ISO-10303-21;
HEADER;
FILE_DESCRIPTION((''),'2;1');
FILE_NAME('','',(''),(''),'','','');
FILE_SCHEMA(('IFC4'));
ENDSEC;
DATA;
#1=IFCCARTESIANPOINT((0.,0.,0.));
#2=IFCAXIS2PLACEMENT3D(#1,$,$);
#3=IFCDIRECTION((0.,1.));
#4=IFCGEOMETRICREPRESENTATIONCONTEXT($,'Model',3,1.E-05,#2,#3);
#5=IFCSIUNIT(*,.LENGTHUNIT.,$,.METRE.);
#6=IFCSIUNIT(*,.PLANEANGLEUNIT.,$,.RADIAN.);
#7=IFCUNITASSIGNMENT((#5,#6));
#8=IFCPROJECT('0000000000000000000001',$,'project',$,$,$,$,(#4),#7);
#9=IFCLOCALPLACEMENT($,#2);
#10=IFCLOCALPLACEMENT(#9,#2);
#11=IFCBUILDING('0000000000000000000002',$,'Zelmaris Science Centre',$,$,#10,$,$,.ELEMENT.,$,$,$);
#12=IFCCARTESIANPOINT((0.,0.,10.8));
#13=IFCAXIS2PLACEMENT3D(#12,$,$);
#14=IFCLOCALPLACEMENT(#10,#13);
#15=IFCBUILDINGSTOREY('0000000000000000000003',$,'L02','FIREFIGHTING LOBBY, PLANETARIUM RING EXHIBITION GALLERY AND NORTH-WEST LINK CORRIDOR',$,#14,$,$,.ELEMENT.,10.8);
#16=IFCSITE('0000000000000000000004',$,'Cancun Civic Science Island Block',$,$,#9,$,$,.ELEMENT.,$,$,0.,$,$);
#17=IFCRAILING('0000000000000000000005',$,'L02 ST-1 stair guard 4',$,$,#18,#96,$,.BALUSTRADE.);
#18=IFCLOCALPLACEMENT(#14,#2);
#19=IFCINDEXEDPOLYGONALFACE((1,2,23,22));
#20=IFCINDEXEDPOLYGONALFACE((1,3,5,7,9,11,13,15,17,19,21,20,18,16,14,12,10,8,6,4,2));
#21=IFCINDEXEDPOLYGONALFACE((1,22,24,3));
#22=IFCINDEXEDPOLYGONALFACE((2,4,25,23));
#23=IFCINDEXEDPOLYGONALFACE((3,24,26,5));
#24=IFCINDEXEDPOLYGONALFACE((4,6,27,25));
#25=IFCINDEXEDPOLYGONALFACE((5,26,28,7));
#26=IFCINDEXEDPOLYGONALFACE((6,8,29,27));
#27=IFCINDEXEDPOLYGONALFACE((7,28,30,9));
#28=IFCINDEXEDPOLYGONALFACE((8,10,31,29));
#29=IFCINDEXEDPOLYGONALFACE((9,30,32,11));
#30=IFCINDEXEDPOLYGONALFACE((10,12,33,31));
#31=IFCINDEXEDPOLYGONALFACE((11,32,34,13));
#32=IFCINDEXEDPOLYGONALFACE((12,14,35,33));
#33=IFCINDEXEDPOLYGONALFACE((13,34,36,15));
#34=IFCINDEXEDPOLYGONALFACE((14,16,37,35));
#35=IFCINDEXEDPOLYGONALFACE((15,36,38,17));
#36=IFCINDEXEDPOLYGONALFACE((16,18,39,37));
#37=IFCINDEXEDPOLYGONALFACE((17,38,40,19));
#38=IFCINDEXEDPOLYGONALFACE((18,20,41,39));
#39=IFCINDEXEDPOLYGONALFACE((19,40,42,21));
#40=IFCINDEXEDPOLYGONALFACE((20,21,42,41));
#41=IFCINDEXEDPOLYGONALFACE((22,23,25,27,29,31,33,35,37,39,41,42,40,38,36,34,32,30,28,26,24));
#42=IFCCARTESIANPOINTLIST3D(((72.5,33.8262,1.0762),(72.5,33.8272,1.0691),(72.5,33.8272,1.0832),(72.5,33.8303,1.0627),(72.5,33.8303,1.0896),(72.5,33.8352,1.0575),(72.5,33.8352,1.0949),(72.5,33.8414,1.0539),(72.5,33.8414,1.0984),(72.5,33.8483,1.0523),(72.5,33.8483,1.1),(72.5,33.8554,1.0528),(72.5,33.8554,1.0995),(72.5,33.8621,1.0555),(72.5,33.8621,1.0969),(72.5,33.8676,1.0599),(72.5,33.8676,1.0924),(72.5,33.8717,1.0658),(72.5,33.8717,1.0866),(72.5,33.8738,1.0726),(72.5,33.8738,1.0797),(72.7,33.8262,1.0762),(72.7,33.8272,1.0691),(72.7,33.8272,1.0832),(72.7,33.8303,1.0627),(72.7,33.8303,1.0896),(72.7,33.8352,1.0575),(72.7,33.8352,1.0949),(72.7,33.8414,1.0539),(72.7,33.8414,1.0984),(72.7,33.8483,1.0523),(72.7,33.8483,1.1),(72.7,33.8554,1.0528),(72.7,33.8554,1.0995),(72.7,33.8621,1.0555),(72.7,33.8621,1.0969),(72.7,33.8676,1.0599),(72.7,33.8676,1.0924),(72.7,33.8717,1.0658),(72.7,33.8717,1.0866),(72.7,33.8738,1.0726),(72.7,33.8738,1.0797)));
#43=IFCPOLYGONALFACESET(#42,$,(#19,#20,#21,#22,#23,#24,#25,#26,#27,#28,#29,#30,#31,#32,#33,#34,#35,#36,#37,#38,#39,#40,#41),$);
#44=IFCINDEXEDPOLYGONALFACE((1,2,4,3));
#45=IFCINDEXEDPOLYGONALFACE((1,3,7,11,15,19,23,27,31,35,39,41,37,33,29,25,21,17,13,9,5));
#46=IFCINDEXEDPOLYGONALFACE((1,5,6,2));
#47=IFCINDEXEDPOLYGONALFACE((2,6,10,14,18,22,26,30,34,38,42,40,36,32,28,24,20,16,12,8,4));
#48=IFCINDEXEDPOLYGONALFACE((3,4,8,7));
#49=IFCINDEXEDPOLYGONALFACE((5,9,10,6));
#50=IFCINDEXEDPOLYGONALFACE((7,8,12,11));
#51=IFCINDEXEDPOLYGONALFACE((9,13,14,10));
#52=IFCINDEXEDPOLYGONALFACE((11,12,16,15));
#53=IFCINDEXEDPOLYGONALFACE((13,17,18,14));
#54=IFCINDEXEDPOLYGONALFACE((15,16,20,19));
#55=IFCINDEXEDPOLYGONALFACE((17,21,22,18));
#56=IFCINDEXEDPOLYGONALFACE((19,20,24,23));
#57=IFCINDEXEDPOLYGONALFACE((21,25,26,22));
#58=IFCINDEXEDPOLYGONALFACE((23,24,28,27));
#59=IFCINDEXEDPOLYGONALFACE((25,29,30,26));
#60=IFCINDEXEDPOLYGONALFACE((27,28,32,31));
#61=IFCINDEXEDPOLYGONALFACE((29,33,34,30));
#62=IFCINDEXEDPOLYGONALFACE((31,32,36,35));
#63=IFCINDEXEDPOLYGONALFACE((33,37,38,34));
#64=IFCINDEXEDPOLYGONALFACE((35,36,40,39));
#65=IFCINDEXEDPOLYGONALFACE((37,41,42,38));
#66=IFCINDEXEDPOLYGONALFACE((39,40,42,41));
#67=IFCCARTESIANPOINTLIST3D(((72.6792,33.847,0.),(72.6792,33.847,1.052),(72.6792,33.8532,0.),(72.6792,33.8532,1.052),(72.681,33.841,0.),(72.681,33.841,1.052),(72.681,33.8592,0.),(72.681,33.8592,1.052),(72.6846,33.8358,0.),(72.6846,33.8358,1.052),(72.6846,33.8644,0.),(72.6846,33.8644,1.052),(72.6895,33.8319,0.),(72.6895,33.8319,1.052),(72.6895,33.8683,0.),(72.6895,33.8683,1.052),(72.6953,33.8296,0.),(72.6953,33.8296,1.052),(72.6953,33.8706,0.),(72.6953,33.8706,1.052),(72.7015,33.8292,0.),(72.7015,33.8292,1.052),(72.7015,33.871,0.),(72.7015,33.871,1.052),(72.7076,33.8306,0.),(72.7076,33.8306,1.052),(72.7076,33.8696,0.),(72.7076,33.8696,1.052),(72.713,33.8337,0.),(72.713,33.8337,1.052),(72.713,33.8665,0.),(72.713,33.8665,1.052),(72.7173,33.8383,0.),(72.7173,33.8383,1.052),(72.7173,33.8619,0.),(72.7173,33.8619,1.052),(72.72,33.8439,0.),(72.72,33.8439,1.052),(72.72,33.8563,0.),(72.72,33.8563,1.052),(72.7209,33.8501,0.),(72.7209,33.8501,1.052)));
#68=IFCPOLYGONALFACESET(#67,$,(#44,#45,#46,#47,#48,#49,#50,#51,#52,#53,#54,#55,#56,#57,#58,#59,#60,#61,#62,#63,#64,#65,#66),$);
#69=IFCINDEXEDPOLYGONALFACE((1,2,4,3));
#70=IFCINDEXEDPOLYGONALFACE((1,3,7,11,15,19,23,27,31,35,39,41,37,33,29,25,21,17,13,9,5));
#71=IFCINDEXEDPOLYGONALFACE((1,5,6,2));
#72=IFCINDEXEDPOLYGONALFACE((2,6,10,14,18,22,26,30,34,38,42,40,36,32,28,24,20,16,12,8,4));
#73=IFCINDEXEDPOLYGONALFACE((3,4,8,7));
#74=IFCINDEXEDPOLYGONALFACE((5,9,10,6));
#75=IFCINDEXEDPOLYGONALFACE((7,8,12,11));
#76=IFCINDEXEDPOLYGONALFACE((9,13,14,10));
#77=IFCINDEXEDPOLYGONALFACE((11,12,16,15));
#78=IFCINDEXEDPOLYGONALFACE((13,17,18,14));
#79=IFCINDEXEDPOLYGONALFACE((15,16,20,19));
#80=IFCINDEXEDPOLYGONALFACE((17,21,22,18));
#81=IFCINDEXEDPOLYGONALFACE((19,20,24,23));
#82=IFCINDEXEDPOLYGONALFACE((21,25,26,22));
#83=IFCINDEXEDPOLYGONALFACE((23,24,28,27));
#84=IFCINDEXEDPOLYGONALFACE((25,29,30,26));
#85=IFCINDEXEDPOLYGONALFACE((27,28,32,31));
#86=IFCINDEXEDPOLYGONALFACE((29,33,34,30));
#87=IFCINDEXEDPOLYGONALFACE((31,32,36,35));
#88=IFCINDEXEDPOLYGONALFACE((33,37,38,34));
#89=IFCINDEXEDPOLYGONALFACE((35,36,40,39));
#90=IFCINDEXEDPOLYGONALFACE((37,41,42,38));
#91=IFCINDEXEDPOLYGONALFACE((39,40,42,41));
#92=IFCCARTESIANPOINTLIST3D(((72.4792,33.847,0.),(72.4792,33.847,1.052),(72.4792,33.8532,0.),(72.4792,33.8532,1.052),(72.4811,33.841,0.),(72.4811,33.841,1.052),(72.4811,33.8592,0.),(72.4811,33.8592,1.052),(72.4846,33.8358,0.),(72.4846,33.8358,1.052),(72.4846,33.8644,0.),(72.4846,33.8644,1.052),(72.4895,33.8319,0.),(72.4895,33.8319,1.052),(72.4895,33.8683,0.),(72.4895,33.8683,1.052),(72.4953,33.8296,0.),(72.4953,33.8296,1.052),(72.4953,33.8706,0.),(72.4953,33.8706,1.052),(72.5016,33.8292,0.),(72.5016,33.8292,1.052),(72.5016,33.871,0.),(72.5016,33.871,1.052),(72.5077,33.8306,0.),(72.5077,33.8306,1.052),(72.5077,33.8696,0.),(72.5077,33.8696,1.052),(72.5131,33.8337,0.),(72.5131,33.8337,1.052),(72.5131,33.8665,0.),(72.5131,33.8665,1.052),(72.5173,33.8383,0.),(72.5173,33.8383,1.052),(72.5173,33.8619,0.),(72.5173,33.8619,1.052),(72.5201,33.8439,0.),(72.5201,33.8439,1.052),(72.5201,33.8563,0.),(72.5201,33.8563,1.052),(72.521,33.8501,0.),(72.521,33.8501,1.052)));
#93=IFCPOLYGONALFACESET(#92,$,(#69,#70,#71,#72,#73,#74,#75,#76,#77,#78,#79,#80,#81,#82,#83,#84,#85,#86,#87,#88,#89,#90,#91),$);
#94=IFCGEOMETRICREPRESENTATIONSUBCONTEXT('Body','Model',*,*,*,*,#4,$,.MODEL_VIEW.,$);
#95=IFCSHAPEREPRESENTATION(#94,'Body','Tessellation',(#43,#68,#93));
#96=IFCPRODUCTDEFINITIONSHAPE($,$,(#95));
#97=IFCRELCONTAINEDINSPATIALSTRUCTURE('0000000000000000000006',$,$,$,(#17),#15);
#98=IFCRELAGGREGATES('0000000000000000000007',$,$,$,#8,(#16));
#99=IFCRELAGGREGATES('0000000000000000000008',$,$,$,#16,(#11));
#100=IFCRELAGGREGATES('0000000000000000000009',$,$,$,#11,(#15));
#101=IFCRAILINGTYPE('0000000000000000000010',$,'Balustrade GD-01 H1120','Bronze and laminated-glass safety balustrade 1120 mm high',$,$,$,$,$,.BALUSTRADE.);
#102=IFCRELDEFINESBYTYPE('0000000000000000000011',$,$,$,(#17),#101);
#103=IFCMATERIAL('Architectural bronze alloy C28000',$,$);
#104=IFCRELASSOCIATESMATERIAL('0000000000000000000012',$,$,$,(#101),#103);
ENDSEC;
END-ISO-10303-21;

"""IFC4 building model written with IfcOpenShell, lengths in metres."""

from ifc_helpers import new_model, si_unit, direction, frame, origin, origin_2d, place, context, subcontext, project, spatial, circle, extrude, material, type_object, element, save


model = new_model("IFC4")

# Units and contexts
model_context = context("Model", 3, precision=1e-05, world=origin(), true_north=direction((0.0, 1.0)))
body_context = subcontext(model_context, "Body", "Model", "MODEL_VIEW")
ifc_project = project(units=[si_unit("LENGTHUNIT", "METRE"), si_unit("PLANEANGLEUNIT", "RADIAN")], contexts=[model_context])

# Site, building, storey
site_placement = place(None, origin())
site = spatial("IfcSite", under=ifc_project, at=site_placement, Name="Cancun Civic Science Island Block", CompositionType="ELEMENT", RefElevation=0.0)
building_placement = place(site_placement, origin())
building = spatial("IfcBuilding", under=site, at=building_placement, Name="Zelmaris Science Centre", CompositionType="ELEMENT")
storey_placement = place(building_placement, frame((0.0, 0.0, 10.8)))
storey = spatial("IfcBuildingStorey", under=building, at=storey_placement, Name="L02", Description="FIREFIGHTING LOBBY, PLANETARIUM RING EXHIBITION GALLERY AND NORTH-WEST LINK CORRIDOR", CompositionType="ELEMENT", Elevation=10.8)

# Railing
ifc_material_1 = material(Name="Architectural bronze alloy C28000")
railing_type_1 = type_object("IfcRailingType", Name="Balustrade GD-01 H1120", Description="Bronze and laminated-glass safety balustrade 1120 mm high", PredefinedType="BALUSTRADE", material=ifc_material_1)
railing_1_placement = place(storey_placement, frame((72.7, 33.8501, 0.0)))
element("IfcRailing", 1, at=railing_1_placement, inside=storey, type_object=railing_type_1, Name="L02 ST-1 stair guard 4", PredefinedType="BALUSTRADE", context=body_context, shape_type="SweptSolid", body=[
    extrude(circle(Radius=0.0239, at=origin_2d()), frame((0.0, 0.0, 1.0762), z_axis=(-1.0, 0.0, 0.0), x_axis=(0.0, -1.0, 0.0)), (0.0, 0.0, 1.0), 0.2),
    extrude(circle(Radius=0.021, at=origin_2d()), origin(), (0.0, 0.0, 1.0), 1.052),
    extrude(circle(Radius=0.021, at=origin_2d()), frame((-0.2, 0.0, 0.0)), (0.0, 0.0, 1.0), 1.052),
])

save(model, "model.ifc")
